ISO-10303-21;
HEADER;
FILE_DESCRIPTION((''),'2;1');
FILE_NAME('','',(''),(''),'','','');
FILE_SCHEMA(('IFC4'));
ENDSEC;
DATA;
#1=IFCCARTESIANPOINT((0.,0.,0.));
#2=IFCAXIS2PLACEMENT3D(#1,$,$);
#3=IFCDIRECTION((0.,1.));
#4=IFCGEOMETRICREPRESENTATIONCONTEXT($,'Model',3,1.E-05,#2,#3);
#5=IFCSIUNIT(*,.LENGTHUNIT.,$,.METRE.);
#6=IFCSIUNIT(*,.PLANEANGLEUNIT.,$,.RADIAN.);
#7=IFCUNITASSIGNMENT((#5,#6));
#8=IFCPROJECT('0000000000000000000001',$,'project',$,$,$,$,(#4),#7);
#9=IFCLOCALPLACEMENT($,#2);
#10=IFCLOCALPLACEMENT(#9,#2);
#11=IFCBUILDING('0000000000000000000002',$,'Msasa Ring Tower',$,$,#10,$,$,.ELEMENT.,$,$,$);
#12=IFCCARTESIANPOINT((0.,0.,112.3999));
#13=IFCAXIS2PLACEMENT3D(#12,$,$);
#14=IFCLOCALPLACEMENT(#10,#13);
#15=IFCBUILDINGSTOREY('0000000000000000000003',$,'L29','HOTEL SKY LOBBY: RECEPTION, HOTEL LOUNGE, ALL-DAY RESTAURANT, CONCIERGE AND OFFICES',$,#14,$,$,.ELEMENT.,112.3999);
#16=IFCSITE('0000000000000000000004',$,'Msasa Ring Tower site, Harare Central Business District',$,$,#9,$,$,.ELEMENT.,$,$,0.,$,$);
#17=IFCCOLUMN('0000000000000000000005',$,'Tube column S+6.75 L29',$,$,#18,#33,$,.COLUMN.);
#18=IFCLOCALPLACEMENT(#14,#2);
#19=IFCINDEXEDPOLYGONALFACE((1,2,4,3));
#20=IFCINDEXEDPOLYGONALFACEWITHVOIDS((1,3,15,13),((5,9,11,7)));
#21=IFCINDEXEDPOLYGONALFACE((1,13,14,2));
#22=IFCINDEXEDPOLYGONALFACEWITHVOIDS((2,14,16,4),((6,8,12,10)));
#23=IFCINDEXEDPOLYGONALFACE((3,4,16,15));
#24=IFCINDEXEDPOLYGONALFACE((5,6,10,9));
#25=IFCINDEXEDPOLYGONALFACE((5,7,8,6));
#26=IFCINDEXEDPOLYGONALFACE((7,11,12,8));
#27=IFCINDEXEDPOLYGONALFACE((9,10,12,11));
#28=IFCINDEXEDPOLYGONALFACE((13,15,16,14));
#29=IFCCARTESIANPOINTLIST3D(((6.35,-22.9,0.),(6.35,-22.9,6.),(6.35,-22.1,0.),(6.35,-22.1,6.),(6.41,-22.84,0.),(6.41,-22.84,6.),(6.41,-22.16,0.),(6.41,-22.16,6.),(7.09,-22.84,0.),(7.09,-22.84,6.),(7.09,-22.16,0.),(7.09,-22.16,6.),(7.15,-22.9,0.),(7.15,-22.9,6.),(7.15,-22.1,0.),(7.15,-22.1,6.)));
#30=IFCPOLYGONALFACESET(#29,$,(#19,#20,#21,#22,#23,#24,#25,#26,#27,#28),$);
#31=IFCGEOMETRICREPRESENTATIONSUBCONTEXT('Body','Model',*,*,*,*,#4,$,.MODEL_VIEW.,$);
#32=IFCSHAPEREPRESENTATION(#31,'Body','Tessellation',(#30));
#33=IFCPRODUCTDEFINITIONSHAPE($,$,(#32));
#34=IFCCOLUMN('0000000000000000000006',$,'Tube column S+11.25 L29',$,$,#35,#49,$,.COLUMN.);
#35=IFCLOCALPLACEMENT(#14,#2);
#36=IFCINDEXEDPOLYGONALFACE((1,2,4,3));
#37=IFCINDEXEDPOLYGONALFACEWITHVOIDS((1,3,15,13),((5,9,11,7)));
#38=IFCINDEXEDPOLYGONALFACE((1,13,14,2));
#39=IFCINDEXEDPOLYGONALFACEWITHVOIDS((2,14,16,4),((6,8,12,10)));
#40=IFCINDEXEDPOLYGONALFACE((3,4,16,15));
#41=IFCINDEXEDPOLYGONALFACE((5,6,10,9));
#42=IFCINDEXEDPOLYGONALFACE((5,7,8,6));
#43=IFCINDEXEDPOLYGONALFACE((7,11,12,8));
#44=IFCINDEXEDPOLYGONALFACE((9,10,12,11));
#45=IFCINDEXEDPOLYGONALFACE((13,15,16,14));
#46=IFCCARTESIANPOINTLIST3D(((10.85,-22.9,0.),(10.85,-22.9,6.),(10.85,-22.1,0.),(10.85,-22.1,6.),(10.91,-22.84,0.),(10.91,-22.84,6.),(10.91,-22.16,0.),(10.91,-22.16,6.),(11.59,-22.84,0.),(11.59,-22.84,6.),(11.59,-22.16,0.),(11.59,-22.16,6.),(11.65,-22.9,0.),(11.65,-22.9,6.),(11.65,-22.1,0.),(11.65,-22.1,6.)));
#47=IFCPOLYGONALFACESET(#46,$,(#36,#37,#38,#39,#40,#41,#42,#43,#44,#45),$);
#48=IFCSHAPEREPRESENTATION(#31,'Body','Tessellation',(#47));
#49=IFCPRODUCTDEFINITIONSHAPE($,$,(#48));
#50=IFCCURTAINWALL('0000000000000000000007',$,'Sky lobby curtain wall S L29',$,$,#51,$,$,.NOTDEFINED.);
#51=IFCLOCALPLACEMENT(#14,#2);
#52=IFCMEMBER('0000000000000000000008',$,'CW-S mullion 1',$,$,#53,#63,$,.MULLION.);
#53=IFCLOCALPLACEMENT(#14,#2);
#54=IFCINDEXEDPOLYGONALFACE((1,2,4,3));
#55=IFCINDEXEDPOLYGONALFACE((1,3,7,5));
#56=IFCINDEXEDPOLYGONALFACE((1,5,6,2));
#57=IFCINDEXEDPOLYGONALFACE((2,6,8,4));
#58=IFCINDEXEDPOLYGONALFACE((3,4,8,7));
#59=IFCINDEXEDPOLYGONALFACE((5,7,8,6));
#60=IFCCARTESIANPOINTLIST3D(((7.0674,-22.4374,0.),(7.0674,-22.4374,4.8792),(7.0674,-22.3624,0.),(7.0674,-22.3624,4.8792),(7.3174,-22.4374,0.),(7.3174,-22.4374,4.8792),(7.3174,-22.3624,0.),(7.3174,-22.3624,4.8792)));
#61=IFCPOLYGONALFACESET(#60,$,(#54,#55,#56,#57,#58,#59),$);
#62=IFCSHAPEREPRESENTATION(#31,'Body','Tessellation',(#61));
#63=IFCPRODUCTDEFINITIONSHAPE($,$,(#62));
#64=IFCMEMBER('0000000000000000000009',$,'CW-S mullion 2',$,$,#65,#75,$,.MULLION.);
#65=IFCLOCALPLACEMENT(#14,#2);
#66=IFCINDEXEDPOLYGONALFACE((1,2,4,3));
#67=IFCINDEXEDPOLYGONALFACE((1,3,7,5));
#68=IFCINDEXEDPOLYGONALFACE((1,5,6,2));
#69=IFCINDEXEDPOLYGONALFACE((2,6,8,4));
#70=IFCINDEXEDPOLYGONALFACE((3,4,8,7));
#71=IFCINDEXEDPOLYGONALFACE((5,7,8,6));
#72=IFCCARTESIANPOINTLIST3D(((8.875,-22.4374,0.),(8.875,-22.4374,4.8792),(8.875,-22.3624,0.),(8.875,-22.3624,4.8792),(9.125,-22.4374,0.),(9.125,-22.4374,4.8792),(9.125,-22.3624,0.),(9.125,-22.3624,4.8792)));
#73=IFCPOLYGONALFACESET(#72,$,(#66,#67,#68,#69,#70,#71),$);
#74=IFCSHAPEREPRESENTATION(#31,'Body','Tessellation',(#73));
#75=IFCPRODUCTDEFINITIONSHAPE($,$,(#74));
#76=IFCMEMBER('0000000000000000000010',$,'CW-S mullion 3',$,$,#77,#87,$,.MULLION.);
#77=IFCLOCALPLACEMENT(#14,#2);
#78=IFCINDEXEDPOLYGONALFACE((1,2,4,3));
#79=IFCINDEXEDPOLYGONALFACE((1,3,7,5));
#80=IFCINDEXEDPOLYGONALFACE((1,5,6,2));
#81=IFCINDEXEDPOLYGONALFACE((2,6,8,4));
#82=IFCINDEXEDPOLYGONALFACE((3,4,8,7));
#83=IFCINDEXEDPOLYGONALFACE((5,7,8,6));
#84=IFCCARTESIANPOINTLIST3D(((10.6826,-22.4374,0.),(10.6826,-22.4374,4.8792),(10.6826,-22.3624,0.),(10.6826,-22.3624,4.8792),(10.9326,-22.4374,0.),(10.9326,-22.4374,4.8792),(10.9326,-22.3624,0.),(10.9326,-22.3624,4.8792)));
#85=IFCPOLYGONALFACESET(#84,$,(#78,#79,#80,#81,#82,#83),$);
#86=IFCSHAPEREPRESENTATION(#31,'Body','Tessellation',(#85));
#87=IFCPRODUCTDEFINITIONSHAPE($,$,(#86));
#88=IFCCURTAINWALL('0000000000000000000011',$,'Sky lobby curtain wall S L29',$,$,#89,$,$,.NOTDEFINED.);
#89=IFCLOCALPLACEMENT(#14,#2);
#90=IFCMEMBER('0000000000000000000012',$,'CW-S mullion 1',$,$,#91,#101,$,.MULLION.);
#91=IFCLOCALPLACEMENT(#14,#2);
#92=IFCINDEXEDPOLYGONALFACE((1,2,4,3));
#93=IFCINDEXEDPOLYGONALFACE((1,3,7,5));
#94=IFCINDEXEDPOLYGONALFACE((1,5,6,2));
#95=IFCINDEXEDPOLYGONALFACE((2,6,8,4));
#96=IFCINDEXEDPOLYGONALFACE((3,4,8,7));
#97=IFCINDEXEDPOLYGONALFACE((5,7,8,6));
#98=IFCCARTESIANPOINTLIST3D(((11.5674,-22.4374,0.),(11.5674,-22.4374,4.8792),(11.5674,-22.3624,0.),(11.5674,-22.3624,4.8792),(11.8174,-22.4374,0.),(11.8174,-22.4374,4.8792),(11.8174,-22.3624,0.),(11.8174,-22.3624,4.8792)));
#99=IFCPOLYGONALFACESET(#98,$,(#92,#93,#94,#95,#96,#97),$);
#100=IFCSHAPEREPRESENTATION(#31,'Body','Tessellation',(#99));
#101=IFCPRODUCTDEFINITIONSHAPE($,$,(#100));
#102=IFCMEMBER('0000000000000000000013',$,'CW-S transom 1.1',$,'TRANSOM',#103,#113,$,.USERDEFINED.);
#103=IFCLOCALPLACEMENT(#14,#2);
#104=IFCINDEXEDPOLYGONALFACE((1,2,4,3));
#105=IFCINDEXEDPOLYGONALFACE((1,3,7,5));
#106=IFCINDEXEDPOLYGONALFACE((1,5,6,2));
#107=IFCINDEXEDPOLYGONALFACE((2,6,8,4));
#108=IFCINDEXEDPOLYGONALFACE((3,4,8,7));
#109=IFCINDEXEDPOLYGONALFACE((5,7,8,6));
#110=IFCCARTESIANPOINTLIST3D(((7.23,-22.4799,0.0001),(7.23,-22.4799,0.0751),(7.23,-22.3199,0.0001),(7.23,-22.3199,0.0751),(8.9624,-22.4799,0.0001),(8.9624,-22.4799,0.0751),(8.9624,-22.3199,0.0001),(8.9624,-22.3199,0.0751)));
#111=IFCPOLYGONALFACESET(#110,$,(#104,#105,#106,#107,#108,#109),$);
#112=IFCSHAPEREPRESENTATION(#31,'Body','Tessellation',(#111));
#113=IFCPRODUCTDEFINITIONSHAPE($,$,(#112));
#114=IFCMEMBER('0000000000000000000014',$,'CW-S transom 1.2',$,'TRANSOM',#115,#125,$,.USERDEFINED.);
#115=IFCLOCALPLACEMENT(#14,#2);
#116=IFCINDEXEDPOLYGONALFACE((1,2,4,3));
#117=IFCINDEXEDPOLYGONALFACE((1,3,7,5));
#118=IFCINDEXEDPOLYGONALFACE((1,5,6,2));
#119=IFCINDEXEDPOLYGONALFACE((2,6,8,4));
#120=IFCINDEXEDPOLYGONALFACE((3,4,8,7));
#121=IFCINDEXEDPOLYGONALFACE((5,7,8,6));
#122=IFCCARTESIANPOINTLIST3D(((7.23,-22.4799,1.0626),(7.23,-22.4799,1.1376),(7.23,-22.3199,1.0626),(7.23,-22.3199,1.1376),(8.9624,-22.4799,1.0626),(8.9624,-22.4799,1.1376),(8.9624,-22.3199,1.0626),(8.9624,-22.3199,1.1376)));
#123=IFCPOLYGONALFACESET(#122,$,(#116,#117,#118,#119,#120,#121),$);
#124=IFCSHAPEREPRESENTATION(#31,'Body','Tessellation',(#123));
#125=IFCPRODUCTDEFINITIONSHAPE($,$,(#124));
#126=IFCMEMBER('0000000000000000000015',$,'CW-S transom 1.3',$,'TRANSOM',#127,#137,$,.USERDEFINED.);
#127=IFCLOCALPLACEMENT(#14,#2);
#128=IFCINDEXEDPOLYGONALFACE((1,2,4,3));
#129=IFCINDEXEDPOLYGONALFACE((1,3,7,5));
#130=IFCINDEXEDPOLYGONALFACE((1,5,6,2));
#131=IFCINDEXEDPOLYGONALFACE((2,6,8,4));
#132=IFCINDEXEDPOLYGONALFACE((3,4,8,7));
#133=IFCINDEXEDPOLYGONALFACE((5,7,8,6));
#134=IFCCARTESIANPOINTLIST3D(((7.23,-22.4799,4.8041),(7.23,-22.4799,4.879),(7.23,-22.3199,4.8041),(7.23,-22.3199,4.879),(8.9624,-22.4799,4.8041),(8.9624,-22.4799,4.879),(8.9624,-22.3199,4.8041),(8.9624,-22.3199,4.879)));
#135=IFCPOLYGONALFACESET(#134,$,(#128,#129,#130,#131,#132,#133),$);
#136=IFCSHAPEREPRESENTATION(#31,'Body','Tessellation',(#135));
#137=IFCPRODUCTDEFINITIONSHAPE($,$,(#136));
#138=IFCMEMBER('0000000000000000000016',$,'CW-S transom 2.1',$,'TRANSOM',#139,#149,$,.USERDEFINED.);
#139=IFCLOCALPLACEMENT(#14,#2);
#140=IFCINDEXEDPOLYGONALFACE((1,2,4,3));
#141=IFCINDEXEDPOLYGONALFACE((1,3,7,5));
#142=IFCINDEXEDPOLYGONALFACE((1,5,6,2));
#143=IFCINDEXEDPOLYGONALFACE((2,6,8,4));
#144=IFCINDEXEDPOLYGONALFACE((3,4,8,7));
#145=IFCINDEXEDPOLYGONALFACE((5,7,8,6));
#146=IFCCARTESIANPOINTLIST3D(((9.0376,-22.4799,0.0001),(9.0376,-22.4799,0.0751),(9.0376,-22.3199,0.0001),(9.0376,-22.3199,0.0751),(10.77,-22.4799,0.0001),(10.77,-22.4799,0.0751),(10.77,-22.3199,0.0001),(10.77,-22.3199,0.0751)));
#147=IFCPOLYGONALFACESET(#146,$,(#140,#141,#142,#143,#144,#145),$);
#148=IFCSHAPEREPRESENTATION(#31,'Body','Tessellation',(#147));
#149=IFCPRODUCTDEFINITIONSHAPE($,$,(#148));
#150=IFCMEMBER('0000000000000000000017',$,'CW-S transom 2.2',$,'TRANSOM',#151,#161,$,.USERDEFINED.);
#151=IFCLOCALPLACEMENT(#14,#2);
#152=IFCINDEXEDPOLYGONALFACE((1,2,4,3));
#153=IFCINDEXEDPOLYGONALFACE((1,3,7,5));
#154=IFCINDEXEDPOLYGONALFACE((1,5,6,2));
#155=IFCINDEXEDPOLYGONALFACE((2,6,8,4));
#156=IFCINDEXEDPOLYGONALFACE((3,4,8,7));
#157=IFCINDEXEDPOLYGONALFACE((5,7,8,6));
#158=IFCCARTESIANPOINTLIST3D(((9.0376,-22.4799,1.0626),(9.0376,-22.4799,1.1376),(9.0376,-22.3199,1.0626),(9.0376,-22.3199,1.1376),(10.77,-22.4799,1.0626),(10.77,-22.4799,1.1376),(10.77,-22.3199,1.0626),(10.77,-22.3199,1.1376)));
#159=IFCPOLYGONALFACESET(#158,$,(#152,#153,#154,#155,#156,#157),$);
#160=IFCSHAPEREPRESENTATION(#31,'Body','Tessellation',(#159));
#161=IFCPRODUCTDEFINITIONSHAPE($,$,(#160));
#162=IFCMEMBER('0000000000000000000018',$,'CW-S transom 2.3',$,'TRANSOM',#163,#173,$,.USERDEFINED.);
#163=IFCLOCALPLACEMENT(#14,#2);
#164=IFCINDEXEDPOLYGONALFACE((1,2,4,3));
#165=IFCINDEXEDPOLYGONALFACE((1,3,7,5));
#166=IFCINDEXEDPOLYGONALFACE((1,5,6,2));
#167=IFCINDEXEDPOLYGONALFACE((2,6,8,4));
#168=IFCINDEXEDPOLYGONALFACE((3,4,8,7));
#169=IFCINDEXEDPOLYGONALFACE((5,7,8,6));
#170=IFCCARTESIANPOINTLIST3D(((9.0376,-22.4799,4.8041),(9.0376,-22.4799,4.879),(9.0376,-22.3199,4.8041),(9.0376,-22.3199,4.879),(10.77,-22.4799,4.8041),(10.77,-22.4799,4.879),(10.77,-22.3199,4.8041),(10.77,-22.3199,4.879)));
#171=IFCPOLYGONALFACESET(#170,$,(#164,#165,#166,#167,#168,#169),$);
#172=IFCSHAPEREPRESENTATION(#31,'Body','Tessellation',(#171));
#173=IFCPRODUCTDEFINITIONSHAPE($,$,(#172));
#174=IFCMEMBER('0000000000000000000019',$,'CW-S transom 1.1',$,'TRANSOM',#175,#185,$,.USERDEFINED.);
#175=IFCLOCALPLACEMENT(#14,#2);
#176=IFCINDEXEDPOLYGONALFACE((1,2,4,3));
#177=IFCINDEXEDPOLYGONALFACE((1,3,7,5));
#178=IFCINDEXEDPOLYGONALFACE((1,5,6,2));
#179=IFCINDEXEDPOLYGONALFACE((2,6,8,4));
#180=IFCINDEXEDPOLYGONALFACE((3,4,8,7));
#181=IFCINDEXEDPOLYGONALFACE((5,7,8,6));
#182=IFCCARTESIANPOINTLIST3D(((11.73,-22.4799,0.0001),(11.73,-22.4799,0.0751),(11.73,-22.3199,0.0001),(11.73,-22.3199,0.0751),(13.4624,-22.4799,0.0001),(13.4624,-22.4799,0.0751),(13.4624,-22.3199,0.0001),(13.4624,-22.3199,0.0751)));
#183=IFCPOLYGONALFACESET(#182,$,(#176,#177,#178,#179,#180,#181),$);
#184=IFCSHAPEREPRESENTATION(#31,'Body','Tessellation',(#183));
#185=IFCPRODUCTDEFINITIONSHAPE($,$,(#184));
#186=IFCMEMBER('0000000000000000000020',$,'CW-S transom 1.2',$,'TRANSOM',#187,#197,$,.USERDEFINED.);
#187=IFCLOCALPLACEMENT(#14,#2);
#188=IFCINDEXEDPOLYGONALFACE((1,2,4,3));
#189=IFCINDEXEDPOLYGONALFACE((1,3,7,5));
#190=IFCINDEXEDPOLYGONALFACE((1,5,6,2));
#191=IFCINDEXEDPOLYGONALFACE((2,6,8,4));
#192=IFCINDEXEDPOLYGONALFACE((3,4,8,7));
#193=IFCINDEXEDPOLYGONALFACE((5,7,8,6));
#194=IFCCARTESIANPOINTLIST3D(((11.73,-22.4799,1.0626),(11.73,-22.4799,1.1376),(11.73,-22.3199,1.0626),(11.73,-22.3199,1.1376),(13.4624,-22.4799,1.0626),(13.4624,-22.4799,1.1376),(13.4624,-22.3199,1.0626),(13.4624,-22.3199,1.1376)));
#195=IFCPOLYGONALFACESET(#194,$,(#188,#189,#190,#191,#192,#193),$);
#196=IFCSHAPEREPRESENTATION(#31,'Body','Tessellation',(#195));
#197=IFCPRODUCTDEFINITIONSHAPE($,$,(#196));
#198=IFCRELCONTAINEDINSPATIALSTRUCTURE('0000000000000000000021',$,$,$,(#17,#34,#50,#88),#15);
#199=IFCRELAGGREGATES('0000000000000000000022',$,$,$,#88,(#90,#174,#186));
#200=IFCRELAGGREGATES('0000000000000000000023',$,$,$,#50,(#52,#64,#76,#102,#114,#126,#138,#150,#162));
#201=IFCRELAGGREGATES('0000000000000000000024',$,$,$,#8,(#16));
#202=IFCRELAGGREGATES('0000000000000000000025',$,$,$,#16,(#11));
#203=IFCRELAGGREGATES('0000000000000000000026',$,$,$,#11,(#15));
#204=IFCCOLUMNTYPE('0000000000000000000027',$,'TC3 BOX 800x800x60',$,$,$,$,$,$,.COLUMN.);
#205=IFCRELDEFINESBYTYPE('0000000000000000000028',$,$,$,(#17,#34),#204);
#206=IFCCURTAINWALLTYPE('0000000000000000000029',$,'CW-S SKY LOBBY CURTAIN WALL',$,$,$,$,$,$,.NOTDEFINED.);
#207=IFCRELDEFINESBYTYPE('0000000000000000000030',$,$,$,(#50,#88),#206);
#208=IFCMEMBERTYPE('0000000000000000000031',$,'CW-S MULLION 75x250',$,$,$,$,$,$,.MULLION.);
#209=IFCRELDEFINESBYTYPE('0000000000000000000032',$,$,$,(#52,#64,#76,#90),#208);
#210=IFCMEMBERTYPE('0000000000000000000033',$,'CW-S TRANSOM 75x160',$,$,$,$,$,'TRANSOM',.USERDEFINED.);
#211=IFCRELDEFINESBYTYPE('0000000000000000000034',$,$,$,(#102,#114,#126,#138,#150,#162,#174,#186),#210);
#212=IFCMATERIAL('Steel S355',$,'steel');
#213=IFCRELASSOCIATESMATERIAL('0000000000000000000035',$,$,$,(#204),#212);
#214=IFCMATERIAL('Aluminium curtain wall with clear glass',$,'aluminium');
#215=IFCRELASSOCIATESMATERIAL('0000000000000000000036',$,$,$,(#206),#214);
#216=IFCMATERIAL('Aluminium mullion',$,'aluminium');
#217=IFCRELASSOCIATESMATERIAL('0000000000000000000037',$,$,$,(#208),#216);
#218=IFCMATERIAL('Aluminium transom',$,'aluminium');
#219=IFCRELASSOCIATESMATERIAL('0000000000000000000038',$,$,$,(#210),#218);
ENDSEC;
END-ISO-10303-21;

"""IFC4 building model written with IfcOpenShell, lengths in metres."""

from ifc_helpers import new_model, si_unit, direction, frame, origin, origin_2d, place, context, subcontext, project, spatial, rectangle, hollow_rectangle, extrude, material, material_profile, profile_set, type_object, element, aggregate, save


model = new_model("IFC4")

# Units and contexts
model_context = context("Model", 3, precision=1e-05, world=origin(), true_north=direction((0.0, 1.0)))
body_context = subcontext(model_context, "Body", "Model", "MODEL_VIEW")
ifc_project = project(units=[si_unit("LENGTHUNIT", "METRE"), si_unit("PLANEANGLEUNIT", "RADIAN")], contexts=[model_context])

# Site, building, storey
site_placement = place(None, origin())
site = spatial("IfcSite", under=ifc_project, at=site_placement, Name="Msasa Ring Tower site, Harare Central Business District", CompositionType="ELEMENT", RefElevation=0.0)
building_placement = place(site_placement, origin())
building = spatial("IfcBuilding", under=site, at=building_placement, Name="Msasa Ring Tower", CompositionType="ELEMENT")
storey_placement = place(building_placement, frame((0.0, 0.0, 112.3999)))
storey = spatial("IfcBuildingStorey", under=building, at=storey_placement, Name="L29", Description="HOTEL SKY LOBBY: RECEPTION, HOTEL LOUNGE, ALL-DAY RESTAURANT, CONCIERGE AND OFFICES", CompositionType="ELEMENT", Elevation=112.3999)

# Columns
ifc_material_1 = material(Name="Steel S355", Category="steel")
ifc_material_profile_1 = material_profile(ifc_material_1, hollow_rectangle(XDim=0.8, YDim=0.8, WallThickness=0.0601, at=origin_2d()), Name="BOX 800x800x60")
ifc_profile_set_1 = profile_set([ifc_material_profile_1], Name="Steel S355")
column_type = type_object("IfcColumnType", Name="TC3 BOX 800x800x60", PredefinedType="COLUMN", material=ifc_profile_set_1)
for number, where, z_axis, x_axis, name in (
    (1, (6.75, -22.5, 0.0), (0.0, 0.0, 1.0), (0.0, 1.0, 0.0), "Tube column S+6.75 L29"),
    (2, (11.25, -22.5, 0.0), (0.0, 0.0, 1.0), (0.0, 1.0, 0.0), "Tube column S+11.25 L29"),
):
    element("IfcColumn", number, at=place(storey_placement, frame(where, z_axis=z_axis, x_axis=x_axis)), inside=storey, type_object=column_type, Name=name, PredefinedType="COLUMN", context=body_context, shape_type="SweptSolid", body=[
        extrude(hollow_rectangle(XDim=0.8, YDim=0.8, WallThickness=0.0601, at=origin_2d()), origin(), (0.0, 0.0, 1.0), 6.0),
    ])

# Curtain wall, members
ifc_material_2 = material(Name="Aluminium curtain wall with clear glass", Category="aluminium")
curtain_wall_type = type_object("IfcCurtainWallType", Name="CW-S SKY LOBBY CURTAIN WALL", PredefinedType="NOTDEFINED", material=ifc_material_2)
curtain_wall_1_placement = place(storey_placement, origin())
curtain_wall_1 = element("IfcCurtainWall", 3, at=curtain_wall_1_placement, inside=storey, type_object=curtain_wall_type, Name="Sky lobby curtain wall S L29", PredefinedType="NOTDEFINED")
ifc_material_3 = material(Name="Aluminium mullion", Category="aluminium")
ifc_material_profile_2 = material_profile(ifc_material_3, rectangle(XDim=0.075, YDim=0.25, at=origin_2d()), Name="AL 75x250")
ifc_profile_set_2 = profile_set([ifc_material_profile_2], Name="Aluminium mullion")
member_type_1 = type_object("IfcMemberType", Name="CW-S MULLION 75x250", PredefinedType="MULLION", material=ifc_profile_set_2)
member_1_placement = place(storey_placement, frame((7.1924, -22.3999, 0.0), z_axis=(0.0, 0.0, 1.0), x_axis=(0.0, 1.0, 0.0)))
member_1 = element("IfcMember", 4, at=member_1_placement, type_object=member_type_1, Name="CW-S mullion 1", PredefinedType="MULLION", context=body_context, shape_type="SweptSolid", body=[
    extrude(rectangle(XDim=0.075, YDim=0.25, at=origin_2d()), origin(), (0.0, 0.0, 1.0), 4.8792),
])
member_2_placement = place(storey_placement, frame((9.0, -22.3999, 0.0), z_axis=(0.0, 0.0, 1.0), x_axis=(0.0, 1.0, 0.0)))
member_2 = element("IfcMember", 5, at=member_2_placement, type_object=member_type_1, Name="CW-S mullion 2", PredefinedType="MULLION", context=body_context, shape_type="SweptSolid", body=[
    extrude(rectangle(XDim=0.075, YDim=0.25, at=origin_2d()), origin(), (0.0, 0.0, 1.0), 4.8792),
])
member_3_placement = place(storey_placement, frame((10.8076, -22.3999, 0.0), z_axis=(0.0, 0.0, 1.0), x_axis=(0.0, 1.0, 0.0)))
member_3 = element("IfcMember", 6, at=member_3_placement, type_object=member_type_1, Name="CW-S mullion 3", PredefinedType="MULLION", context=body_context, shape_type="SweptSolid", body=[
    extrude(rectangle(XDim=0.075, YDim=0.25, at=origin_2d()), origin(), (0.0, 0.0, 1.0), 4.8792),
])

# Curtain wall, member
curtain_wall_2_placement = place(storey_placement, origin())
curtain_wall_2 = element("IfcCurtainWall", 7, at=curtain_wall_2_placement, inside=storey, type_object=curtain_wall_type, Name="Sky lobby curtain wall S L29", PredefinedType="NOTDEFINED")
member_4_placement = place(storey_placement, frame((11.6924, -22.3999, 0.0), z_axis=(0.0, 0.0, 1.0), x_axis=(0.0, 1.0, 0.0)))
member_4 = element("IfcMember", 8, at=member_4_placement, type_object=member_type_1, Name="CW-S mullion 1", PredefinedType="MULLION", context=body_context, shape_type="SweptSolid", body=[
    extrude(rectangle(XDim=0.075, YDim=0.25, at=origin_2d()), origin(), (0.0, 0.0, 1.0), 4.8792),
])

# Members
ifc_material_4 = material(Name="Aluminium transom", Category="aluminium")
ifc_material_profile_3 = material_profile(ifc_material_4, rectangle(XDim=0.1599, YDim=0.075, at=origin_2d()), Name="AL 75x160")
ifc_profile_set_3 = profile_set([ifc_material_profile_3], Name="Aluminium transom")
member_type_2 = type_object("IfcMemberType", Name="CW-S TRANSOM 75x160", ElementType="TRANSOM", PredefinedType="USERDEFINED", material=ifc_profile_set_3)
member_5_placement = place(storey_placement, frame((7.23, -22.3999, 0.0376), z_axis=(1.0, 0.0, 0.0), x_axis=(0.0, 1.0, 0.0)))
member_5 = element("IfcMember", 9, at=member_5_placement, type_object=member_type_2, Name="CW-S transom 1.1", ObjectType="TRANSOM", PredefinedType="USERDEFINED", context=body_context, shape_type="SweptSolid", body=[
    extrude(rectangle(XDim=0.1599, YDim=0.075, at=origin_2d()), origin(), (0.0, 0.0, 1.0), 1.7324),
])
member_6_placement = place(storey_placement, frame((7.23, -22.3999, 1.1001), z_axis=(1.0, 0.0, 0.0), x_axis=(0.0, 1.0, 0.0)))
member_6 = element("IfcMember", 10, at=member_6_placement, type_object=member_type_2, Name="CW-S transom 1.2", ObjectType="TRANSOM", PredefinedType="USERDEFINED", context=body_context, shape_type="SweptSolid", body=[
    extrude(rectangle(XDim=0.1599, YDim=0.075, at=origin_2d()), origin(), (0.0, 0.0, 1.0), 1.7324),
])
member_7_placement = place(storey_placement, frame((7.23, -22.3999, 4.8416), z_axis=(1.0, 0.0, 0.0), x_axis=(0.0, 1.0, 0.0)))
member_7 = element("IfcMember", 11, at=member_7_placement, type_object=member_type_2, Name="CW-S transom 1.3", ObjectType="TRANSOM", PredefinedType="USERDEFINED", context=body_context, shape_type="SweptSolid", body=[
    extrude(rectangle(XDim=0.1599, YDim=0.075, at=origin_2d()), origin(), (0.0, 0.0, 1.0), 1.7324),
])
member_8_placement = place(storey_placement, frame((9.0376, -22.3999, 0.0376), z_axis=(1.0, 0.0, 0.0), x_axis=(0.0, 1.0, 0.0)))
member_8 = element("IfcMember", 12, at=member_8_placement, type_object=member_type_2, Name="CW-S transom 2.1", ObjectType="TRANSOM", PredefinedType="USERDEFINED", context=body_context, shape_type="SweptSolid", body=[
    extrude(rectangle(XDim=0.1599, YDim=0.075, at=origin_2d()), origin(), (0.0, 0.0, 1.0), 1.7324),
])
member_9_placement = place(storey_placement, frame((9.0376, -22.3999, 1.1001), z_axis=(1.0, 0.0, 0.0), x_axis=(0.0, 1.0, 0.0)))
member_9 = element("IfcMember", 13, at=member_9_placement, type_object=member_type_2, Name="CW-S transom 2.2", ObjectType="TRANSOM", PredefinedType="USERDEFINED", context=body_context, shape_type="SweptSolid", body=[
    extrude(rectangle(XDim=0.1599, YDim=0.075, at=origin_2d()), origin(), (0.0, 0.0, 1.0), 1.7324),
])
member_10_placement = place(storey_placement, frame((9.0376, -22.3999, 4.8416), z_axis=(1.0, 0.0, 0.0), x_axis=(0.0, 1.0, 0.0)))
member_10 = element("IfcMember", 14, at=member_10_placement, type_object=member_type_2, Name="CW-S transom 2.3", ObjectType="TRANSOM", PredefinedType="USERDEFINED", context=body_context, shape_type="SweptSolid", body=[
    extrude(rectangle(XDim=0.1599, YDim=0.075, at=origin_2d()), origin(), (0.0, 0.0, 1.0), 1.7324),
])
member_11_placement = place(storey_placement, frame((11.73, -22.3999, 0.0376), z_axis=(1.0, 0.0, 0.0), x_axis=(0.0, 1.0, 0.0)))
member_11 = element("IfcMember", 15, at=member_11_placement, type_object=member_type_2, Name="CW-S transom 1.1", ObjectType="TRANSOM", PredefinedType="USERDEFINED", context=body_context, shape_type="SweptSolid", body=[
    extrude(rectangle(XDim=0.1599, YDim=0.075, at=origin_2d()), origin(), (0.0, 0.0, 1.0), 1.7324),
])
member_12_placement = place(storey_placement, frame((11.73, -22.3999, 1.1001), z_axis=(1.0, 0.0, 0.0), x_axis=(0.0, 1.0, 0.0)))
member_12 = element("IfcMember", 16, at=member_12_placement, type_object=member_type_2, Name="CW-S transom 1.2", ObjectType="TRANSOM", PredefinedType="USERDEFINED", context=body_context, shape_type="SweptSolid", body=[
    extrude(rectangle(XDim=0.1599, YDim=0.075, at=origin_2d()), origin(), (0.0, 0.0, 1.0), 1.7324),
])
aggregate(curtain_wall_2, [member_4, member_11, member_12])

aggregate(curtain_wall_1, [member_1, member_2, member_3, member_5, member_6, member_7, member_8, member_9, member_10])

save(model, "model.ifc")
